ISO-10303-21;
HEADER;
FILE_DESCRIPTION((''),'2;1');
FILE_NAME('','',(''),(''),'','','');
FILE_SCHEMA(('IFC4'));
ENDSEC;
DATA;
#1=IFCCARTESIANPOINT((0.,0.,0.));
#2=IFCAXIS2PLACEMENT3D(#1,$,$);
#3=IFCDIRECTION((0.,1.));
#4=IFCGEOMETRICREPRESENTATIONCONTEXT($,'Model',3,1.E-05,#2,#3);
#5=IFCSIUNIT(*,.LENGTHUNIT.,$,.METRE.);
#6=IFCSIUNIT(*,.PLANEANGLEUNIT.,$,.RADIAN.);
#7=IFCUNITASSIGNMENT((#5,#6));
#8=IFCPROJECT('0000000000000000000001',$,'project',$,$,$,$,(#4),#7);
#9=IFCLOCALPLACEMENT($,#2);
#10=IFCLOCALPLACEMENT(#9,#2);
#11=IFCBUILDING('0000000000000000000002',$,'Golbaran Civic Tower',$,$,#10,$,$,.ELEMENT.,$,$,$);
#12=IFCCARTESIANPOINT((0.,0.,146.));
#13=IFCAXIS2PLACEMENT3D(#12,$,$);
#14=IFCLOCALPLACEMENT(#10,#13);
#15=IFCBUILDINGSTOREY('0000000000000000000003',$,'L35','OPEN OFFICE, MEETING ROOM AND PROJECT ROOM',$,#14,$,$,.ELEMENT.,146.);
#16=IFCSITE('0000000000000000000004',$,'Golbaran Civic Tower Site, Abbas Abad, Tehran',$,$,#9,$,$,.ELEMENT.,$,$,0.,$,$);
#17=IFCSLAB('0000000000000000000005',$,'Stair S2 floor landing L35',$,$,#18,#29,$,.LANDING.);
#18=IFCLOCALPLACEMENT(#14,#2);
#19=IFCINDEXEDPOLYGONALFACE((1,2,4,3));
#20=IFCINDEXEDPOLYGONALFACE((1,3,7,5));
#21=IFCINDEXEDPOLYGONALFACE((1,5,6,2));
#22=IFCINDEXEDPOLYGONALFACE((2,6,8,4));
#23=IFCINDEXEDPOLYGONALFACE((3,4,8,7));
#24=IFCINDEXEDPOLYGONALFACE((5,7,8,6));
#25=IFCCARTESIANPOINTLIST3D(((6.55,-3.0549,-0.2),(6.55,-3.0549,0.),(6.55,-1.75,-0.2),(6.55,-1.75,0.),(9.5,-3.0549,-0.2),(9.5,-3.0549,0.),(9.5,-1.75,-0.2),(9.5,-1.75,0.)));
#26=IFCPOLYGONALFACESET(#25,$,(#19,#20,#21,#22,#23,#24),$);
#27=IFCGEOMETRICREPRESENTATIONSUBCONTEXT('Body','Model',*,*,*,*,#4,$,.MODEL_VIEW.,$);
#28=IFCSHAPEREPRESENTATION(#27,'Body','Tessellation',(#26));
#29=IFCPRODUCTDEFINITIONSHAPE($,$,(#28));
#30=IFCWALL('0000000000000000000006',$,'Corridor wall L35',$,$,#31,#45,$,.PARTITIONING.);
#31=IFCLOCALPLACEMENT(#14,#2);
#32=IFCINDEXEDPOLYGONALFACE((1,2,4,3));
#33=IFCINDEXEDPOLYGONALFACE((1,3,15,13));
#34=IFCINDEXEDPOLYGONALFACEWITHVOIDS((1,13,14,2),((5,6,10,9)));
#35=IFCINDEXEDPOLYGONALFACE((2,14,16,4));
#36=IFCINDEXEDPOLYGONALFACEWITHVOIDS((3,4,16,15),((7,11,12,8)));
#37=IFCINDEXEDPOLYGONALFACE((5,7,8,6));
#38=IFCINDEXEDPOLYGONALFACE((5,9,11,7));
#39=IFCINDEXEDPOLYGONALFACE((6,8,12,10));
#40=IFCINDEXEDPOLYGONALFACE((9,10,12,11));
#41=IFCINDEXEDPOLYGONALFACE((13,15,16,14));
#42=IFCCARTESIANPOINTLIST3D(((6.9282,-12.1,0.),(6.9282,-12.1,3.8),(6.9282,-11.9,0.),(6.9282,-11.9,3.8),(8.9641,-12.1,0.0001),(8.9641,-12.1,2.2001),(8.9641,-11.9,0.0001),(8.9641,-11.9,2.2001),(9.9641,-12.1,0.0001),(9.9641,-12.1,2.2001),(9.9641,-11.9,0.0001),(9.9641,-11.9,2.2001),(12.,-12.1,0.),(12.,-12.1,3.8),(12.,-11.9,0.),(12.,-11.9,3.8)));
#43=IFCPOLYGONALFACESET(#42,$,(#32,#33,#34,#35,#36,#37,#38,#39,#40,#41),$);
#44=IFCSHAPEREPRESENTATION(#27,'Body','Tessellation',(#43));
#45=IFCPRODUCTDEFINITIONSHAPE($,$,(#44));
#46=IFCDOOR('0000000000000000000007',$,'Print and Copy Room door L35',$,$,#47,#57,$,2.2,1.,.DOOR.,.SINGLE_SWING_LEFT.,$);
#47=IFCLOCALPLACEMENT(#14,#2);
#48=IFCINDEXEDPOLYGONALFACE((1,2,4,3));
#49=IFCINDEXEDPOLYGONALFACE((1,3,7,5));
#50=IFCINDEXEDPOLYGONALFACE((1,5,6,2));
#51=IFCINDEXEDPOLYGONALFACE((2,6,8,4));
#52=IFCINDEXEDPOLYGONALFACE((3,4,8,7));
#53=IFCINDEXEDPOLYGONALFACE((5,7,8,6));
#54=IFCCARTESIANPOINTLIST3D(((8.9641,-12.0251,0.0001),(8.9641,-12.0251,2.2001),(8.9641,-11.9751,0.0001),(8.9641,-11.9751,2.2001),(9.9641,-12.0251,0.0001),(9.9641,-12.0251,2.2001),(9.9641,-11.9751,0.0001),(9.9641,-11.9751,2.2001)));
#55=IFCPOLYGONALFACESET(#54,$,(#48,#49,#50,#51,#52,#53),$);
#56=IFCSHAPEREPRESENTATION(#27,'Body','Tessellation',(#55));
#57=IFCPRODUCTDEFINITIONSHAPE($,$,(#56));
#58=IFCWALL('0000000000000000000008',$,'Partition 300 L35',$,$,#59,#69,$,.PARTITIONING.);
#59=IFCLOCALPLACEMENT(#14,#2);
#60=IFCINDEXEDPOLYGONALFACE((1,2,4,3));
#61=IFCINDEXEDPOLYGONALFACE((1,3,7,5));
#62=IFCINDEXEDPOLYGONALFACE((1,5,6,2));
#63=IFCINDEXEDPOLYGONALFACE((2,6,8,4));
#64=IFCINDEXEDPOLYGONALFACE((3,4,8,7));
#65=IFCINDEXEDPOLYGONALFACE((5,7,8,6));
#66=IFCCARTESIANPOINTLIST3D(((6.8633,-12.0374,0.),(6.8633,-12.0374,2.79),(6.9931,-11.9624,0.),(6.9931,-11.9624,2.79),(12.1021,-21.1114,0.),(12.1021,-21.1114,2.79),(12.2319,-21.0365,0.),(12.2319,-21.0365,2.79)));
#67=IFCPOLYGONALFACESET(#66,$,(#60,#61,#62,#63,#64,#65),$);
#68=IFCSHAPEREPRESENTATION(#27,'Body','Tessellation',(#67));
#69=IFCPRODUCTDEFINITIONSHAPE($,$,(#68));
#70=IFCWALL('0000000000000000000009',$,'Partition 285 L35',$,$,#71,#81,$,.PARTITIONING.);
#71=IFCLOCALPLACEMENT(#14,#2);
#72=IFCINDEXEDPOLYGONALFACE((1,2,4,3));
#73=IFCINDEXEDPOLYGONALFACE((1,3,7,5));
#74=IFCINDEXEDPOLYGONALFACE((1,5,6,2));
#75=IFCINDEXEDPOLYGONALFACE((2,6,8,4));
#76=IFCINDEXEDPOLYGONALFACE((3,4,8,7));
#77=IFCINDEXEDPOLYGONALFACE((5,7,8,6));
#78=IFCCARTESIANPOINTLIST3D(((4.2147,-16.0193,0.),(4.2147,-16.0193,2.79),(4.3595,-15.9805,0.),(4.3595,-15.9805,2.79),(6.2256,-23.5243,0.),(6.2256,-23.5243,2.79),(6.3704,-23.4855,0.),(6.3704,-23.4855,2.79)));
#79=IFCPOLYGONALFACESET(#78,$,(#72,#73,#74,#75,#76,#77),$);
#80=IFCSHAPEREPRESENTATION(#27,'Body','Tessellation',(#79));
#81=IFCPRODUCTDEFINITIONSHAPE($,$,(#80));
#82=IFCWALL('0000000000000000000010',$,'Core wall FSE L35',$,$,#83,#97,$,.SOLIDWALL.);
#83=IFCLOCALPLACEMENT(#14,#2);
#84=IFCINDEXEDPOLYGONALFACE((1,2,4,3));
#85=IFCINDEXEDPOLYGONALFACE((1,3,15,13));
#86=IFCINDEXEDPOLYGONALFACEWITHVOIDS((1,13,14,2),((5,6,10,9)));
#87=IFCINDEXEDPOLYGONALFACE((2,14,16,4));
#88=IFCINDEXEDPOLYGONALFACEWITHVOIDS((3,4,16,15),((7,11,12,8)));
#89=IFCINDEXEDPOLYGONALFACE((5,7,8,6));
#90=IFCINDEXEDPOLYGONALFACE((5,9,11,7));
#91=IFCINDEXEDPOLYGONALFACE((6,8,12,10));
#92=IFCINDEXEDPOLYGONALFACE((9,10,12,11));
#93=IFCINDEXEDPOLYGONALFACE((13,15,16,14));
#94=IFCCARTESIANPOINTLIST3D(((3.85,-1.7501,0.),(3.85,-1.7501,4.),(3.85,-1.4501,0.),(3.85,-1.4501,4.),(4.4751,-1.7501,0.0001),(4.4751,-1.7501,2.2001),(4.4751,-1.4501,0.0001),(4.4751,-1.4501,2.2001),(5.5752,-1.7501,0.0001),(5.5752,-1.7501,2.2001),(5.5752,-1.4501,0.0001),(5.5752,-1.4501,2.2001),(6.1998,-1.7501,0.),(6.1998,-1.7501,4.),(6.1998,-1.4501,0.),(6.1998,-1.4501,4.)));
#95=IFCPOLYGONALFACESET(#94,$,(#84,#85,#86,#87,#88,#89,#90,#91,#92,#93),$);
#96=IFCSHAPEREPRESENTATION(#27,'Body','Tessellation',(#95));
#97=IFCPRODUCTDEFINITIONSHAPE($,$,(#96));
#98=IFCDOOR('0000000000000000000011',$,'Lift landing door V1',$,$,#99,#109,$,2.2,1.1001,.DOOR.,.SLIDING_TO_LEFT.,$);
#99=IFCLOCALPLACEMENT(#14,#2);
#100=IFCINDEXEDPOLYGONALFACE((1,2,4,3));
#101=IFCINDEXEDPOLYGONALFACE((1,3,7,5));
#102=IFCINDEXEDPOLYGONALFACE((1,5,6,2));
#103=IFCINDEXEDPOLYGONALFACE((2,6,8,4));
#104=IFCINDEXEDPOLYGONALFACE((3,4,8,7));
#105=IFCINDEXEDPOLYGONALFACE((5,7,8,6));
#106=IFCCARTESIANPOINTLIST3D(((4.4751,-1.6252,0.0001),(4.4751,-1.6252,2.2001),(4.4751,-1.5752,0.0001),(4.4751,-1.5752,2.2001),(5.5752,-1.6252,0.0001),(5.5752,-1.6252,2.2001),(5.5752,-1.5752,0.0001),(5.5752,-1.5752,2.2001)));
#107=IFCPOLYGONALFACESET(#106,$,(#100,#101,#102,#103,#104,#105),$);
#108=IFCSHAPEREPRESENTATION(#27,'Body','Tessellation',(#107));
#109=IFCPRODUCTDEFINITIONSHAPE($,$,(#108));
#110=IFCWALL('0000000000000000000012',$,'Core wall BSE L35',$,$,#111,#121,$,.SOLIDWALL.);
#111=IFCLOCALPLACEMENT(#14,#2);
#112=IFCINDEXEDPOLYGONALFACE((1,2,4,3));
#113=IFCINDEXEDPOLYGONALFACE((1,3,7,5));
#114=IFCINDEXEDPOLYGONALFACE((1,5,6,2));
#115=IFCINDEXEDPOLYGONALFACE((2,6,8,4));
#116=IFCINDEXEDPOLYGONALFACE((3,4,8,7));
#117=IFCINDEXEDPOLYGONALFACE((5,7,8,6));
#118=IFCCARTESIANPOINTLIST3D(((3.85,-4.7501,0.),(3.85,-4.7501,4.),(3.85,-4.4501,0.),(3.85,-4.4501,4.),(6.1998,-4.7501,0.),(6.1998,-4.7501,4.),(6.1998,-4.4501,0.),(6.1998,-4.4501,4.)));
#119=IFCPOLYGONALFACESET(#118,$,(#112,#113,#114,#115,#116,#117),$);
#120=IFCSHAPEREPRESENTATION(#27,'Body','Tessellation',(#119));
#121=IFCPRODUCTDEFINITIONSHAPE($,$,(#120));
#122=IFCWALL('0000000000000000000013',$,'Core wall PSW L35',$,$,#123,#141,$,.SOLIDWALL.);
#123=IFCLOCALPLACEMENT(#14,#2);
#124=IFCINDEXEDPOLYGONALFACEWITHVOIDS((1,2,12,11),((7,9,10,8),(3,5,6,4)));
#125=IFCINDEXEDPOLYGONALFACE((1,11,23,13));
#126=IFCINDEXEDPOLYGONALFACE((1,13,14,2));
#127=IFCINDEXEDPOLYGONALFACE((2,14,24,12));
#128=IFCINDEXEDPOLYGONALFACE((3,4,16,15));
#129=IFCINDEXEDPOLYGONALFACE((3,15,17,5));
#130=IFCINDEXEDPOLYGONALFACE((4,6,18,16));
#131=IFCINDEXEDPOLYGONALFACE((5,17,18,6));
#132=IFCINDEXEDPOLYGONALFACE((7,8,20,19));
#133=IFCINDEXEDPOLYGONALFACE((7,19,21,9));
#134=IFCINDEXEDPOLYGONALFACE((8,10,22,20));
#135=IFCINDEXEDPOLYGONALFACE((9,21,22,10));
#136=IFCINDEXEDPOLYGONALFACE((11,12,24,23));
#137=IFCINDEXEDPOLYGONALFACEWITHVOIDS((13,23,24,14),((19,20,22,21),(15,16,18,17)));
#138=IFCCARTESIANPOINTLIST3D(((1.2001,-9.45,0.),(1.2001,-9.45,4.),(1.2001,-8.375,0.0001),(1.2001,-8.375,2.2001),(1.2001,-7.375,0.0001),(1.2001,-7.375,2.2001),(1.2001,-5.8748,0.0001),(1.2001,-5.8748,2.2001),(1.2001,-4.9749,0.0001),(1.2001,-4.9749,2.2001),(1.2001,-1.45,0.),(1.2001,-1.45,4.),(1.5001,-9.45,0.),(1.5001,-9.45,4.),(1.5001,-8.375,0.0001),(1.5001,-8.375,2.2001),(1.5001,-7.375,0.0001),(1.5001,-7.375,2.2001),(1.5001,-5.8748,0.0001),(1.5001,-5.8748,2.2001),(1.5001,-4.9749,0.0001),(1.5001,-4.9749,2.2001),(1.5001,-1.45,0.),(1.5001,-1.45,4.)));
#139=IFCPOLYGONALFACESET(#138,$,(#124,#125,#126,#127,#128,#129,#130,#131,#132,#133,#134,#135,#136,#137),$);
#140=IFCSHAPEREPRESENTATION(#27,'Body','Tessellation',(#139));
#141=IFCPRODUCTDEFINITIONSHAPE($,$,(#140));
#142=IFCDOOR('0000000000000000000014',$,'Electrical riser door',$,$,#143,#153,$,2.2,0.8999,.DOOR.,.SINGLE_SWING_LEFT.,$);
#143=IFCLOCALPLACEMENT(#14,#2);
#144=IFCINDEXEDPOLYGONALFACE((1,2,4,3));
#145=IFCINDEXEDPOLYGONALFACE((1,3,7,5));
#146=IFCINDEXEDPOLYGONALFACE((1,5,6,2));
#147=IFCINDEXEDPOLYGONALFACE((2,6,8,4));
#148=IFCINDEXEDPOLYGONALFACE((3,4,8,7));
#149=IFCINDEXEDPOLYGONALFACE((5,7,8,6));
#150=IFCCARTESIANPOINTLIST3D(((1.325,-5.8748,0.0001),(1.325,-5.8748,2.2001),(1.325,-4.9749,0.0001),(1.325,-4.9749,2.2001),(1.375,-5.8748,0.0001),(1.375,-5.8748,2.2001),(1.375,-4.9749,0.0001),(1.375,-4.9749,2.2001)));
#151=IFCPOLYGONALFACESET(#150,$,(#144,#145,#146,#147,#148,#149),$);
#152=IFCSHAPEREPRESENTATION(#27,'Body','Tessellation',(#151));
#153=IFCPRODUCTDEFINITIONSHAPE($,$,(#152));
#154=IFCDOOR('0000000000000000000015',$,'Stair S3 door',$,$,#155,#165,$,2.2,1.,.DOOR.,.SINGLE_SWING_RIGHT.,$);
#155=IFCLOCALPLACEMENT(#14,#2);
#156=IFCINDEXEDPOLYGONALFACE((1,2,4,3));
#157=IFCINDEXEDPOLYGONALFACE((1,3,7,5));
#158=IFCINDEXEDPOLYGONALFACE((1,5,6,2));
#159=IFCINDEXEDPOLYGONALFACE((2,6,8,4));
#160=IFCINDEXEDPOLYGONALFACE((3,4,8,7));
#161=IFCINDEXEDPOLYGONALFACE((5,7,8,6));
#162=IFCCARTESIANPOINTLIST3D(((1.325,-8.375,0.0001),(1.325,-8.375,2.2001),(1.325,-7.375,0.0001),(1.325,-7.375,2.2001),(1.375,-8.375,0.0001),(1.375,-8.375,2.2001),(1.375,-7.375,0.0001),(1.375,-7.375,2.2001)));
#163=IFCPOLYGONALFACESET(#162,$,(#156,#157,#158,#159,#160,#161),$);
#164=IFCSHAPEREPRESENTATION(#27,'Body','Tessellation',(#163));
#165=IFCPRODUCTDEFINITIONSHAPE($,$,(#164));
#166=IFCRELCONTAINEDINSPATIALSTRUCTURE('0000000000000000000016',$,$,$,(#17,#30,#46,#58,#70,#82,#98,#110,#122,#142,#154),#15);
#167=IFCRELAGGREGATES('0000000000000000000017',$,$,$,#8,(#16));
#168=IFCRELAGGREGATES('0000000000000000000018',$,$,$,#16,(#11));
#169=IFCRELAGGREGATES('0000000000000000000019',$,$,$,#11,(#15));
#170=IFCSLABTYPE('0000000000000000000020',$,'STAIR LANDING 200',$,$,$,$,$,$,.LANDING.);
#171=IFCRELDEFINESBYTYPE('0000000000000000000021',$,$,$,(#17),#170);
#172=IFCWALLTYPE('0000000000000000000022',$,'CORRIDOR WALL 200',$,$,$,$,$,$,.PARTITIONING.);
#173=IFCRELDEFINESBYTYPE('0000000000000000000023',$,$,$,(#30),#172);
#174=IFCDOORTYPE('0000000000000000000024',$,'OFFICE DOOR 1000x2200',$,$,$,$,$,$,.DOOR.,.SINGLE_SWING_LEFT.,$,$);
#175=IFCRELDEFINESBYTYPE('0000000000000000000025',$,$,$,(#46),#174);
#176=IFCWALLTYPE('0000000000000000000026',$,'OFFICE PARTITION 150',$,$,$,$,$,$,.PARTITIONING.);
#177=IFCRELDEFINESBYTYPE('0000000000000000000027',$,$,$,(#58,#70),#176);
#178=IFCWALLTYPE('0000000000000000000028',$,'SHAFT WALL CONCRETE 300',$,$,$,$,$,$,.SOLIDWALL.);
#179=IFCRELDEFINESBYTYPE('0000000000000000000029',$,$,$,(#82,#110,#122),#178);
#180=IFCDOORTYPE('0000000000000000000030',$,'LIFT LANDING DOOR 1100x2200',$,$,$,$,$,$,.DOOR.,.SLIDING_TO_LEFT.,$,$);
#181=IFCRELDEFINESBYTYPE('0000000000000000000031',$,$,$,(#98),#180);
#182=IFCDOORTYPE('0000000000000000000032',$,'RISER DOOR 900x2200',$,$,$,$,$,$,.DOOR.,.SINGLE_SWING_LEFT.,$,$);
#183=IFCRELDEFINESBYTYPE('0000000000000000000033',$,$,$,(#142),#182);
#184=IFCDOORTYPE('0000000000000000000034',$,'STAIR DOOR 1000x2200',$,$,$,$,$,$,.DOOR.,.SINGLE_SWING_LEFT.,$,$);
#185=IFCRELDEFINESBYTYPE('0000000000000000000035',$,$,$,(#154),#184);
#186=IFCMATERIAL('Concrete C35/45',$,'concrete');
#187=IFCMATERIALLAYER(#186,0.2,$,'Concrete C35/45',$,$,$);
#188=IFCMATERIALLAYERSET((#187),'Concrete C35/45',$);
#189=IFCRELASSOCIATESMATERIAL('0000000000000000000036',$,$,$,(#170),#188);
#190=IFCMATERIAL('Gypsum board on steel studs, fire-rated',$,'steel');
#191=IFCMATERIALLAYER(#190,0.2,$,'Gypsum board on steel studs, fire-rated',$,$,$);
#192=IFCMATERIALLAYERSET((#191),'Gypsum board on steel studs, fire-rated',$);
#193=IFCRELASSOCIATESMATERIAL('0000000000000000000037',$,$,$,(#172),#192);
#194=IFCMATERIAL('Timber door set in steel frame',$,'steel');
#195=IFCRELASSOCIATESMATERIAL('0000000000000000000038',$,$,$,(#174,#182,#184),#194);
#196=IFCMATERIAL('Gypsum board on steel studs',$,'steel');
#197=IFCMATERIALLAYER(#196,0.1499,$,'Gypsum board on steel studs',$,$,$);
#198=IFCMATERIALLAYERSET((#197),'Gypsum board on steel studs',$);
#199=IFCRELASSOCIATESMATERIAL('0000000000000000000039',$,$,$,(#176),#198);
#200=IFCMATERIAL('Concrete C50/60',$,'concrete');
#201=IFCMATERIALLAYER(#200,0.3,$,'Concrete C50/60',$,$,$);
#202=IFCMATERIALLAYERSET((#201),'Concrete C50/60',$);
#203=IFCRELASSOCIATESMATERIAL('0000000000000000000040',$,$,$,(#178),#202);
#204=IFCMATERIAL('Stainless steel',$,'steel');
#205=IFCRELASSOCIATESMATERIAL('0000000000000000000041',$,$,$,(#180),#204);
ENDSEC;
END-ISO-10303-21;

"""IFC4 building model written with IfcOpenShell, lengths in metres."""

from ifc_helpers import new_model, si_unit, direction, frame, frame_2d, origin, place, context, subcontext, project, spatial, polyline, rectangle, outline, extrude, material, layer, layer_set, type_object, element, fill, save


model = new_model("IFC4")

# Units and contexts
model_context = context("Model", 3, precision=1e-05, world=origin(), true_north=direction((0.0, 1.0)))
body_context = subcontext(model_context, "Body", "Model", "MODEL_VIEW")
ifc_project = project(units=[si_unit("LENGTHUNIT", "METRE"), si_unit("PLANEANGLEUNIT", "RADIAN")], contexts=[model_context])

# Site, building, storey
site_placement = place(None, origin())
site = spatial("IfcSite", under=ifc_project, at=site_placement, Name="Golbaran Civic Tower Site, Abbas Abad, Tehran", CompositionType="ELEMENT", RefElevation=0.0)
building_placement = place(site_placement, origin())
building = spatial("IfcBuilding", under=site, at=building_placement, Name="Golbaran Civic Tower", CompositionType="ELEMENT")
storey_placement = place(building_placement, frame((0.0, 0.0, 146.0)))
storey = spatial("IfcBuildingStorey", under=building, at=storey_placement, Name="L35", Description="OPEN OFFICE, MEETING ROOM AND PROJECT ROOM", CompositionType="ELEMENT", Elevation=146.0)

# Shared definitions
ifc_material_1 = material(Name="Concrete C35/45", Category="concrete")

# Shared definitions
ifc_layer_1 = layer(ifc_material_1, 0.2, Name="Concrete C35/45")
ifc_layer_set_1 = layer_set([ifc_layer_1], Name="Concrete C35/45")
slab_type_1 = type_object("IfcSlabType", Name="STAIR LANDING 200", PredefinedType="LANDING", material=ifc_layer_set_1)

# Slab
slab_1_placement = place(storey_placement, frame((0.0, 0.0, -0.2)))
element("IfcSlab", 1, at=slab_1_placement, inside=storey, type_object=slab_type_1, Name="Stair S2 floor landing L35", PredefinedType="LANDING", context=body_context, shape_type="SweptSolid", body=[
    extrude(outline(polyline([(9.5, -1.75), (9.5, -3.0549), (6.55, -3.0549), (6.55, -1.75), (9.5, -1.75)])), origin(), (0.0, 0.0, 1.0), 0.2),
])

# Wall, opening, door
ifc_material_2 = material(Name="Gypsum board on steel studs, fire-rated", Category="steel")
ifc_layer_2 = layer(ifc_material_2, 0.2, Name="Gypsum board on steel studs, fire-rated")
ifc_layer_set_2 = layer_set([ifc_layer_2], Name="Gypsum board on steel studs, fire-rated")
wall_type_1 = type_object("IfcWallType", Name="CORRIDOR WALL 200", PredefinedType="PARTITIONING", material=ifc_layer_set_2)
wall_1_placement = place(storey_placement, frame((6.9282, -12.0, 0.0), z_axis=(0.0, 0.0, 1.0), x_axis=(1.0, 0.0, 0.0)))
wall_1 = element("IfcWall", 2, at=wall_1_placement, inside=storey, type_object=wall_type_1, Name="Corridor wall L35", PredefinedType="PARTITIONING", context=body_context, shape_type="SweptSolid", body=[
    extrude(rectangle(XDim=5.0718, YDim=0.2, at=frame_2d((2.5359, 0.0))), origin(), (0.0, 0.0, 1.0), 3.8),
])
opening_1_placement = place(wall_1_placement, frame((2.0359, 0.0, 0.0)))
opening_1 = element("IfcOpeningElement", 3, at=opening_1_placement, cuts=wall_1, PredefinedType="OPENING", context=body_context, shape_type="SweptSolid", body=[
    extrude(rectangle(XDim=1.0, YDim=2.2, at=frame_2d((0.5, 1.1001))), frame((0.0, 0.1099, 0.0), z_axis=(0.0, -1.0, 0.0), x_axis=(1.0, 0.0, 0.0)), (0.0, 0.0, 1.0), 0.22),
])
ifc_material_3 = material(Name="Timber door set in steel frame", Category="steel")
door_type_1 = type_object("IfcDoorType", Name="OFFICE DOOR 1000x2200", OperationType="SINGLE_SWING_LEFT", PredefinedType="DOOR", material=ifc_material_3)
door_1_placement = place(opening_1_placement, origin())
door_1 = element("IfcDoor", 4, at=door_1_placement, inside=storey, type_object=door_type_1, Name="Print and Copy Room door L35", OperationType="SINGLE_SWING_LEFT", OverallHeight=2.2, OverallWidth=1.0, PredefinedType="DOOR", context=body_context, shape_type="SweptSolid", body=[
    extrude(rectangle(XDim=1.0, YDim=2.2, at=frame_2d((0.5, 1.1001))), frame((0.0, 0.0249, 0.0), z_axis=(0.0, -1.0, 0.0), x_axis=(1.0, 0.0, 0.0)), (0.0, 0.0, 1.0), 0.05),
])
fill(opening_1, door_1)

# Walls
ifc_material_4 = material(Name="Gypsum board on steel studs", Category="steel")
ifc_layer_3 = layer(ifc_material_4, 0.1499, Name="Gypsum board on steel studs")
ifc_layer_set_3 = layer_set([ifc_layer_3], Name="Gypsum board on steel studs")
wall_type_2 = type_object("IfcWallType", Name="OFFICE PARTITION 150", PredefinedType="PARTITIONING", material=ifc_layer_set_3)
wall_2_placement = place(storey_placement, frame((6.9282, -12.0, 0.0), z_axis=(0.0, 0.0, 1.0), x_axis=(0.499993, -0.866029, 0.0)))
element("IfcWall", 5, at=wall_2_placement, inside=storey, type_object=wall_type_2, Name="Partition 300 L35", PredefinedType="PARTITIONING", context=body_context, shape_type="SweptSolid", body=[
    extrude(rectangle(XDim=10.4778, YDim=0.1499, at=frame_2d((5.2388, 0.0))), origin(), (0.0, 0.0, 1.0), 2.79),
])
wall_3_placement = place(storey_placement, frame((4.2871, -16.0, 0.0), z_axis=(0.0, 0.0, 1.0), x_axis=(0.258818, -0.965926, 0.0)))
element("IfcWall", 6, at=wall_3_placement, inside=storey, type_object=wall_type_2, Name="Partition 285 L35", PredefinedType="PARTITIONING", context=body_context, shape_type="SweptSolid", body=[
    extrude(rectangle(XDim=7.7698, YDim=0.1499, at=frame_2d((3.8848, 0.0))), origin(), (0.0, 0.0, 1.0), 2.79),
])

# Wall, opening, door
ifc_material_5 = material(Name="Concrete C50/60", Category="concrete")
ifc_layer_4 = layer(ifc_material_5, 0.3, Name="Concrete C50/60")
ifc_layer_set_4 = layer_set([ifc_layer_4], Name="Concrete C50/60")
wall_type_3 = type_object("IfcWallType", Name="SHAFT WALL CONCRETE 300", PredefinedType="SOLIDWALL", material=ifc_layer_set_4)
wall_4_placement = place(storey_placement, frame((3.8501, -1.6001, 0.0), z_axis=(0.0, 0.0, 1.0), x_axis=(1.0, 0.0, 0.0)))
wall_4 = element("IfcWall", 7, at=wall_4_placement, inside=storey, type_object=wall_type_3, Name="Core wall FSE L35", PredefinedType="SOLIDWALL", context=body_context, shape_type="SweptSolid", body=[
    extrude(rectangle(XDim=2.3499, YDim=0.3, at=frame_2d((1.1748, 0.0))), origin(), (0.0, 0.0, 1.0), 4.0),
])
opening_2_placement = place(wall_4_placement, frame((0.625, 0.0, 0.0)))
opening_2 = element("IfcOpeningElement", 8, at=opening_2_placement, cuts=wall_4, PredefinedType="OPENING", context=body_context, shape_type="SweptSolid", body=[
    extrude(rectangle(XDim=1.1001, YDim=2.2, at=frame_2d((0.55, 1.1001))), frame((0.0, 0.1599, 0.0), z_axis=(0.0, -1.0, 0.0), x_axis=(1.0, 0.0, 0.0)), (0.0, 0.0, 1.0), 0.3201),
])
ifc_material_6 = material(Name="Stainless steel", Category="steel")
door_type_2 = type_object("IfcDoorType", Name="LIFT LANDING DOOR 1100x2200", OperationType="SLIDING_TO_LEFT", PredefinedType="DOOR", material=ifc_material_6)
door_2_placement = place(opening_2_placement, origin())
door_2 = element("IfcDoor", 9, at=door_2_placement, inside=storey, type_object=door_type_2, Name="Lift landing door V1", OperationType="SLIDING_TO_LEFT", OverallHeight=2.2, OverallWidth=1.1001, PredefinedType="DOOR", context=body_context, shape_type="SweptSolid", body=[
    extrude(rectangle(XDim=1.1001, YDim=2.2, at=frame_2d((0.55, 1.1001))), frame((0.0, 0.0249, 0.0), z_axis=(0.0, -1.0, 0.0), x_axis=(1.0, 0.0, 0.0)), (0.0, 0.0, 1.0), 0.05),
])
fill(opening_2, door_2)

# Wall
wall_5_placement = place(storey_placement, frame((3.8501, -4.6001, 0.0), z_axis=(0.0, 0.0, 1.0), x_axis=(1.0, 0.0, 0.0)))
element("IfcWall", 10, at=wall_5_placement, inside=storey, type_object=wall_type_3, Name="Core wall BSE L35", PredefinedType="SOLIDWALL", context=body_context, shape_type="SweptSolid", body=[
    extrude(rectangle(XDim=2.3499, YDim=0.3, at=frame_2d((1.1748, 0.0))), origin(), (0.0, 0.0, 1.0), 4.0),
])

# Wall, openings, doors
wall_6_placement = place(storey_placement, frame((1.3501, -1.45, 0.0), z_axis=(0.0, 0.0, 1.0), x_axis=(0.0, -1.0, 0.0)))
wall_6 = element("IfcWall", 11, at=wall_6_placement, inside=storey, type_object=wall_type_3, Name="Core wall PSW L35", PredefinedType="SOLIDWALL", context=body_context, shape_type="SweptSolid", body=[
    extrude(rectangle(XDim=8.0, YDim=0.3, at=frame_2d((4.0, 0.0))), origin(), (0.0, 0.0, 1.0), 4.0),
])
opening_3_placement = place(wall_6_placement, frame((5.925, 0.0, 0.0)))
opening_3 = element("IfcOpeningElement", 12, at=opening_3_placement, cuts=wall_6, PredefinedType="OPENING", context=body_context, shape_type="SweptSolid", body=[
    extrude(rectangle(XDim=1.0, YDim=2.2, at=frame_2d((0.5, 1.1001))), frame((0.0, 0.1599, 0.0), z_axis=(0.0, -1.0, 0.0), x_axis=(1.0, 0.0, 0.0)), (0.0, 0.0, 1.0), 0.3201),
])
opening_4_placement = place(wall_6_placement, frame((3.5249, 0.0, 0.0)))
opening_4 = element("IfcOpeningElement", 13, at=opening_4_placement, cuts=wall_6, PredefinedType="OPENING", context=body_context, shape_type="SweptSolid", body=[
    extrude(rectangle(XDim=0.8999, YDim=2.2, at=frame_2d((0.45, 1.1001))), frame((0.0, 0.1599, 0.0), z_axis=(0.0, -1.0, 0.0), x_axis=(1.0, 0.0, 0.0)), (0.0, 0.0, 1.0), 0.3201),
])
door_type_3 = type_object("IfcDoorType", Name="RISER DOOR 900x2200", OperationType="SINGLE_SWING_LEFT", PredefinedType="DOOR", material=ifc_material_3)
door_3_placement = place(opening_4_placement, origin())
door_3 = element("IfcDoor", 14, at=door_3_placement, inside=storey, type_object=door_type_3, Name="Electrical riser door", OperationType="SINGLE_SWING_LEFT", OverallHeight=2.2, OverallWidth=0.8999, PredefinedType="DOOR", context=body_context, shape_type="SweptSolid", body=[
    extrude(rectangle(XDim=0.8999, YDim=2.2, at=frame_2d((0.45, 1.1001))), frame((0.0, 0.0249, 0.0), z_axis=(0.0, -1.0, 0.0), x_axis=(1.0, 0.0, 0.0)), (0.0, 0.0, 1.0), 0.05),
])
fill(opening_4, door_3)
door_type_4 = type_object("IfcDoorType", Name="STAIR DOOR 1000x2200", OperationType="SINGLE_SWING_LEFT", PredefinedType="DOOR", material=ifc_material_3)
door_4_placement = place(opening_3_placement, origin())
door_4 = element("IfcDoor", 15, at=door_4_placement, inside=storey, type_object=door_type_4, Name="Stair S3 door", OperationType="SINGLE_SWING_RIGHT", OverallHeight=2.2, OverallWidth=1.0, PredefinedType="DOOR", context=body_context, shape_type="SweptSolid", body=[
    extrude(rectangle(XDim=1.0, YDim=2.2, at=frame_2d((0.5, 1.1001))), frame((0.0, 0.0249, 0.0), z_axis=(0.0, -1.0, 0.0), x_axis=(1.0, 0.0, 0.0)), (0.0, 0.0, 1.0), 0.05),
])
fill(opening_3, door_4)

save(model, "model.ifc")
